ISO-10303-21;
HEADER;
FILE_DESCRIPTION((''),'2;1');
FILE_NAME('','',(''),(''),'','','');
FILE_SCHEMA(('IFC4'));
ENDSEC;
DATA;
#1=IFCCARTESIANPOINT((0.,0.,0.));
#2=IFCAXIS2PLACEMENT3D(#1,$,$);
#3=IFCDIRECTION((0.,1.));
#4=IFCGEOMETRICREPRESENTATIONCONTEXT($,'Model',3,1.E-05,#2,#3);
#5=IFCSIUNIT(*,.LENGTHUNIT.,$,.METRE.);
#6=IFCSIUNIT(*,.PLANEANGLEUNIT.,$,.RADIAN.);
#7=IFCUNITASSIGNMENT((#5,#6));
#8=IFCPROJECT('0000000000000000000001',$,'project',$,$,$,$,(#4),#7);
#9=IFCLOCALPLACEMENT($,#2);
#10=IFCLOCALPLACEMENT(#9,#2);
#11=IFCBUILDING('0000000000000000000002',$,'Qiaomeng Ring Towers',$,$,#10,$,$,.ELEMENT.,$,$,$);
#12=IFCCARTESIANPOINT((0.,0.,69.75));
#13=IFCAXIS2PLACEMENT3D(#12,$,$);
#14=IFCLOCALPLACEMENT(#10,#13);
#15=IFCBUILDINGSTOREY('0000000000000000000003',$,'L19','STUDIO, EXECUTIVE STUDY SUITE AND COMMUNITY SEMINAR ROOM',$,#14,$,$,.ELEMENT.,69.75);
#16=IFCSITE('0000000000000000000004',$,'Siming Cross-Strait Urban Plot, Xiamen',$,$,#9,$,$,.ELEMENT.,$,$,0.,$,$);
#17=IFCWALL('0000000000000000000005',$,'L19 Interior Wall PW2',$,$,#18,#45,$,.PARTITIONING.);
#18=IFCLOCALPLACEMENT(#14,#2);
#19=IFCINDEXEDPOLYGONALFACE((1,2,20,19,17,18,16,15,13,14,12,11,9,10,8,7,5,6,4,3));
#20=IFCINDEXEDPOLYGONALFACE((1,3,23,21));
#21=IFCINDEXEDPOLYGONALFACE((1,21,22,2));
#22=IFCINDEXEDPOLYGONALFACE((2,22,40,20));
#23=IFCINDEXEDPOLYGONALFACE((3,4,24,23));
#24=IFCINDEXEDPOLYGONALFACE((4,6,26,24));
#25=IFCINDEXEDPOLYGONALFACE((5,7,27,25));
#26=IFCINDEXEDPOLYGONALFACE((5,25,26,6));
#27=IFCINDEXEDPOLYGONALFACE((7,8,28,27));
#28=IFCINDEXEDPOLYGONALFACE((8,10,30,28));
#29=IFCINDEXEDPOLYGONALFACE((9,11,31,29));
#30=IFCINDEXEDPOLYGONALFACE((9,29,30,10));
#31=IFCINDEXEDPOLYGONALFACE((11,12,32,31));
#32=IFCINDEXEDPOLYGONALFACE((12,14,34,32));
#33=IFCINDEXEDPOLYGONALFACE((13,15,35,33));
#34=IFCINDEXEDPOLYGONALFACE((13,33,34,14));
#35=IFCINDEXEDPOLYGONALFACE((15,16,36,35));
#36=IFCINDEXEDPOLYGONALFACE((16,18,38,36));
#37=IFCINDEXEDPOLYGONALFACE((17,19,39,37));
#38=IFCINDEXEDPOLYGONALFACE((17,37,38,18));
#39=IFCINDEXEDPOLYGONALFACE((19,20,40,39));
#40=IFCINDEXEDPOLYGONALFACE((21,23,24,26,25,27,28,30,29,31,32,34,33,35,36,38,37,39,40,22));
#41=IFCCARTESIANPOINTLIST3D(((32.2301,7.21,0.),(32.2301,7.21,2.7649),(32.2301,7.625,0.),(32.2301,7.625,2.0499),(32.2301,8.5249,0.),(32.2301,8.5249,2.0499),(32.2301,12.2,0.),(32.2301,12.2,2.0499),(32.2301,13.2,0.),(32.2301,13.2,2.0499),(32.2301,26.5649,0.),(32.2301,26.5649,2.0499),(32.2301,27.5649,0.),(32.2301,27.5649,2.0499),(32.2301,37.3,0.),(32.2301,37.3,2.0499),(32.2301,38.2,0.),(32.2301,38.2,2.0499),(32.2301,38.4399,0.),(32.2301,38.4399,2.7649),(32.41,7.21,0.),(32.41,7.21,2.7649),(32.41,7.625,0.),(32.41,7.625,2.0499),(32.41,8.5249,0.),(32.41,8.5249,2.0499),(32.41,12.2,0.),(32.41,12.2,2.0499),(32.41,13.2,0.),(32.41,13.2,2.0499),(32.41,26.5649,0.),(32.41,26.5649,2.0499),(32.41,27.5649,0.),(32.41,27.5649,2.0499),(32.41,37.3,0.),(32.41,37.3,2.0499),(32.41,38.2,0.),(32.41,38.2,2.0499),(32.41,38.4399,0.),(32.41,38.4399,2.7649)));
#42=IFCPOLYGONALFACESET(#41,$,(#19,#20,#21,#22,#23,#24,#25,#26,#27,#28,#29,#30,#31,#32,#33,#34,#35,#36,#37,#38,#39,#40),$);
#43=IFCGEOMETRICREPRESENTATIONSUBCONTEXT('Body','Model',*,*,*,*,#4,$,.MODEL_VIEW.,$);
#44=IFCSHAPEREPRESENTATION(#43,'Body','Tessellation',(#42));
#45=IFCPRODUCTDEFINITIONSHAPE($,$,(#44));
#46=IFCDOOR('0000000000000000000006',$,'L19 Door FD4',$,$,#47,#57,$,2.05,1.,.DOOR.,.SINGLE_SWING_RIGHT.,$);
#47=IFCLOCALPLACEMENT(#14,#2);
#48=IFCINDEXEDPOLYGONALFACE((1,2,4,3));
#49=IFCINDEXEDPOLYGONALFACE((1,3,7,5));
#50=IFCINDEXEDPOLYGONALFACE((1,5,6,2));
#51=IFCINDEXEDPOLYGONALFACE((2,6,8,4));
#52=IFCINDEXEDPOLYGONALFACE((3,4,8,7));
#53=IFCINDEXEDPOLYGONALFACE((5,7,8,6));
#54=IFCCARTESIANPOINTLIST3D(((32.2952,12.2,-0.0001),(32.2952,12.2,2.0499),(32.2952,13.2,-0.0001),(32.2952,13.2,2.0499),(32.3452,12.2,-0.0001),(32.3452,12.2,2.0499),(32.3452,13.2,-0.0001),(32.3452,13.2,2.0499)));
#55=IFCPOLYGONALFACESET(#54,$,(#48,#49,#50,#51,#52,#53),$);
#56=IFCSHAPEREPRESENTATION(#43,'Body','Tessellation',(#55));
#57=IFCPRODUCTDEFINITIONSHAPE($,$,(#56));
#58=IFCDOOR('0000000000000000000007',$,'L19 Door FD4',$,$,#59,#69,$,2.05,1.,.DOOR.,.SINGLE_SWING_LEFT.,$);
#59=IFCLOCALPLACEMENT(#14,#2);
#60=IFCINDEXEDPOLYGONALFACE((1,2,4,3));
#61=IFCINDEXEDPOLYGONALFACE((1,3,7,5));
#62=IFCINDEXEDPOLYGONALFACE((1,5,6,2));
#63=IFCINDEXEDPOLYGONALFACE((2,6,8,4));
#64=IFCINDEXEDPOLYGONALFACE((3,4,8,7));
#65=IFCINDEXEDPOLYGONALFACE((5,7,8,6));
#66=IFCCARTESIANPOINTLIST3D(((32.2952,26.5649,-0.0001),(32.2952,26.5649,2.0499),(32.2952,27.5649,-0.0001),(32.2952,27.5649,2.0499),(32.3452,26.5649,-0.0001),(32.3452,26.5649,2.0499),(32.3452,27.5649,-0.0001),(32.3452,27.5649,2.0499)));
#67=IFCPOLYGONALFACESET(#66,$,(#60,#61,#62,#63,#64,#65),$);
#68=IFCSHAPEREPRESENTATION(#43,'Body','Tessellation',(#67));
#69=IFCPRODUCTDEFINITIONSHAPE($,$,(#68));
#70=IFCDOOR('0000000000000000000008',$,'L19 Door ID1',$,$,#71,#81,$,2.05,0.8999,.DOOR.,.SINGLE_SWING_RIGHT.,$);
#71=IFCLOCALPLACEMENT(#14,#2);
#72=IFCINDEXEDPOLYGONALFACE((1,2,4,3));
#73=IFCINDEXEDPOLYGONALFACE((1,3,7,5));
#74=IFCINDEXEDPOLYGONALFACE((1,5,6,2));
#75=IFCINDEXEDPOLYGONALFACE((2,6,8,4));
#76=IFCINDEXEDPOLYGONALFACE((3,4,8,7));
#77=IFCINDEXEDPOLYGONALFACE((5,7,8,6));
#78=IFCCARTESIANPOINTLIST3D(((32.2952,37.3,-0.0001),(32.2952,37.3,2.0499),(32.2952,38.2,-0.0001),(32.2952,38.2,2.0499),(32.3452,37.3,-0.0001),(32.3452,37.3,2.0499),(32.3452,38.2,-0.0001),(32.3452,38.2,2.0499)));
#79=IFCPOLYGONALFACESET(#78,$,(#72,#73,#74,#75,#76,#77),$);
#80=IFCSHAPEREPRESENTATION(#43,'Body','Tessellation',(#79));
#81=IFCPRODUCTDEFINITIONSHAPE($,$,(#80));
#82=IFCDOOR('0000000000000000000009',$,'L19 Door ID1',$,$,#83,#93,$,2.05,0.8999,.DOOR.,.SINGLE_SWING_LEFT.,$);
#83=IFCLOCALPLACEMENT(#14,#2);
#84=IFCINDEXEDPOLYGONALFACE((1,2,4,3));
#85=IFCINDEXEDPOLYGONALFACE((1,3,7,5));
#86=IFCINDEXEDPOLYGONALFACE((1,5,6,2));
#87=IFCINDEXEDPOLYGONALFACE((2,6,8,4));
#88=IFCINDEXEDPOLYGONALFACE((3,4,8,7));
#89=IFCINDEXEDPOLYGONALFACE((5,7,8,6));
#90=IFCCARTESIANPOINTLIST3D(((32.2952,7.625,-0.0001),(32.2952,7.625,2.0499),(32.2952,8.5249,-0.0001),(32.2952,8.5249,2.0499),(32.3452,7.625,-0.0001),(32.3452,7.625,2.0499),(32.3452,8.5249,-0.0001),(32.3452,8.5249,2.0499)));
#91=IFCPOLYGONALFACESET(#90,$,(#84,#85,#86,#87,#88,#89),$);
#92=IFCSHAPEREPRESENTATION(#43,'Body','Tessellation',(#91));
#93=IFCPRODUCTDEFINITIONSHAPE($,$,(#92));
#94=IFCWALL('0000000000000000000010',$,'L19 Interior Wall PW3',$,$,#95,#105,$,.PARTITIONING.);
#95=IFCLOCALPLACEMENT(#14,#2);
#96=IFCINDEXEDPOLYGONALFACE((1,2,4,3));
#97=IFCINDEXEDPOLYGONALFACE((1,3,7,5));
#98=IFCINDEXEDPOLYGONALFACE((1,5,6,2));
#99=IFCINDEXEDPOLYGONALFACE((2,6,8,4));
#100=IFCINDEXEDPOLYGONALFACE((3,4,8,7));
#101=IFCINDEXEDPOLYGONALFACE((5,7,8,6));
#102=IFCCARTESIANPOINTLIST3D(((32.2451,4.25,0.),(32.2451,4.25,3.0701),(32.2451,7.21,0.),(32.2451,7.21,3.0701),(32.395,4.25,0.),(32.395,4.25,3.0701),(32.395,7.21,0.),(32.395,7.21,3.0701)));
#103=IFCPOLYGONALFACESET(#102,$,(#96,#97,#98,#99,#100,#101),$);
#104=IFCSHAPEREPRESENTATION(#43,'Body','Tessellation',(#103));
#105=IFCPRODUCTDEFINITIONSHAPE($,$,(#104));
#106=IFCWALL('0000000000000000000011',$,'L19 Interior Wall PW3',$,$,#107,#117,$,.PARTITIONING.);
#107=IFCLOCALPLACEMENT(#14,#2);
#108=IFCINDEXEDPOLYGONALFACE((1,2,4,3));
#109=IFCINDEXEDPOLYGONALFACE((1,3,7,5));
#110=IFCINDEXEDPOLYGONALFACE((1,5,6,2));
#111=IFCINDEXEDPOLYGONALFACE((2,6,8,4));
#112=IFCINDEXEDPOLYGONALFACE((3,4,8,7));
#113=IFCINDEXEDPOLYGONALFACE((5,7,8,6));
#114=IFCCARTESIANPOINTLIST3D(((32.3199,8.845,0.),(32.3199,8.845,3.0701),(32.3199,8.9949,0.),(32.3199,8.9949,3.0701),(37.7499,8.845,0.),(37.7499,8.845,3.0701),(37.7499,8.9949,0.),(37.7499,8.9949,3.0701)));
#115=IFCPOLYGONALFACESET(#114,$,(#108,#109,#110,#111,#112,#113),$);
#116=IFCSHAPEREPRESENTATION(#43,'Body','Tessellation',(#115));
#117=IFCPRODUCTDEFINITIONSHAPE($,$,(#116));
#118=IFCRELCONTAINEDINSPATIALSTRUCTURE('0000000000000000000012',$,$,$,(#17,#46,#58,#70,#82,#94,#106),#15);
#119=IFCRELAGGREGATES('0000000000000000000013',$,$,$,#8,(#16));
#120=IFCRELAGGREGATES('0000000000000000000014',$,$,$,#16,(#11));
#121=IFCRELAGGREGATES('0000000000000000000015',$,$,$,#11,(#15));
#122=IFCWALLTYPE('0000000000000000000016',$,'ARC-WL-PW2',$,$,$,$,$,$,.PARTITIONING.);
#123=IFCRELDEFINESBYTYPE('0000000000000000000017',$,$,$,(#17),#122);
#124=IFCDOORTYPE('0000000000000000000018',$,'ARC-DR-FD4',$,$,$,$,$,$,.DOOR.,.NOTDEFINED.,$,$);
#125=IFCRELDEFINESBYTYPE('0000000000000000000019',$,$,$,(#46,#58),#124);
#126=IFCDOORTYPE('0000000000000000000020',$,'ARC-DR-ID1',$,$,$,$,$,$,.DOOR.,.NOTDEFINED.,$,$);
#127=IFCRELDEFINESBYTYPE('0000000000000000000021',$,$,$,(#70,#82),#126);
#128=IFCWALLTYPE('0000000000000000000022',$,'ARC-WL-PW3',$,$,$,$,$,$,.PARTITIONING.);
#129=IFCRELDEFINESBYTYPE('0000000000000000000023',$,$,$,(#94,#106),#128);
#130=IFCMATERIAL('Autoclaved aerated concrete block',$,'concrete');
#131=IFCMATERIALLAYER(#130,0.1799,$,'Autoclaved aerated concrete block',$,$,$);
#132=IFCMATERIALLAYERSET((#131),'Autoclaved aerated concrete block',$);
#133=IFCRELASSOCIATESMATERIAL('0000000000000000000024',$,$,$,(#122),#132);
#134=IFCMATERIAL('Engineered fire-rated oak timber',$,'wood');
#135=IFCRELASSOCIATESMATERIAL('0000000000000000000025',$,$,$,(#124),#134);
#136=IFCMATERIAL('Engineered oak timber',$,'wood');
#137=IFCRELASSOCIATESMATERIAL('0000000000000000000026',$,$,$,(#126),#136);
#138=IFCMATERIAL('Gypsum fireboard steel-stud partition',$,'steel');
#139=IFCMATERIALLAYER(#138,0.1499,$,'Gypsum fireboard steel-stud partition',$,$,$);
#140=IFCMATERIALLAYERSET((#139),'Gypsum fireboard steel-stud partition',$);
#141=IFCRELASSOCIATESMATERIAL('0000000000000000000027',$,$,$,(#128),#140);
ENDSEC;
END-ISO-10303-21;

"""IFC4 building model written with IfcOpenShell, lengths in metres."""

from ifc_helpers import new_model, si_unit, direction, frame, frame_2d, origin, place, context, subcontext, project, spatial, rectangle, extrude, source, transform, mapped, material, layer, layer_set, type_object, element, fill, save


model = new_model("IFC4")

# Units and contexts
model_context = context("Model", 3, precision=1e-05, world=origin(), true_north=direction((0.0, 1.0)))
body_context = subcontext(model_context, "Body", "Model", "MODEL_VIEW")
ifc_project = project(units=[si_unit("LENGTHUNIT", "METRE"), si_unit("PLANEANGLEUNIT", "RADIAN")], contexts=[model_context])

# Site, building, storey
site_placement = place(None, origin())
site = spatial("IfcSite", under=ifc_project, at=site_placement, Name="Siming Cross-Strait Urban Plot, Xiamen", CompositionType="ELEMENT", RefElevation=0.0)
building_placement = place(site_placement, origin())
building = spatial("IfcBuilding", under=site, at=building_placement, Name="Qiaomeng Ring Towers", CompositionType="ELEMENT")
storey_placement = place(building_placement, frame((0.0, 0.0, 69.75)))
storey = spatial("IfcBuildingStorey", under=building, at=storey_placement, Name="L19", Description="STUDIO, EXECUTIVE STUDY SUITE AND COMMUNITY SEMINAR ROOM", CompositionType="ELEMENT", Elevation=69.75)

# Wall, openings, doors
ifc_material_1 = material(Name="Autoclaved aerated concrete block", Category="concrete")
ifc_layer_1 = layer(ifc_material_1, 0.1799, Name="Autoclaved aerated concrete block")
ifc_layer_set_1 = layer_set([ifc_layer_1], Name="Autoclaved aerated concrete block")
wall_type_1 = type_object("IfcWallType", Name="ARC-WL-PW2", PredefinedType="PARTITIONING", material=ifc_layer_set_1)
wall_1_placement = place(storey_placement, frame((32.3201, 7.21, 0.0), z_axis=(0.0, 0.0, 1.0), x_axis=(0.0, 1.0, 0.0)))
wall_1 = element("IfcWall", 1, at=wall_1_placement, inside=storey, type_object=wall_type_1, Name="L19 Interior Wall PW2", PredefinedType="PARTITIONING", context=body_context, shape_type="SweptSolid", body=[
    extrude(rectangle(XDim=31.23, YDim=0.1799, at=frame_2d((15.615, 0.0))), origin(), (0.0, 0.0, 1.0), 2.7649),
])
opening_1_placement = place(wall_1_placement, frame((30.0901, 0.0, 0.0)))
opening_1 = element("IfcOpeningElement", 2, at=opening_1_placement, cuts=wall_1, PredefinedType="OPENING", context=body_context, shape_type="SweptSolid", body=[
    extrude(rectangle(XDim=0.8999, YDim=2.05, at=frame_2d((0.45, 1.0249))), frame((0.0, 0.0999, 0.0), z_axis=(0.0, -1.0, 0.0), x_axis=(1.0, 0.0, 0.0)), (0.0, 0.0, 1.0), 0.2),
])
opening_2_placement = place(wall_1_placement, frame((0.415, 0.0, 0.0)))
opening_2 = element("IfcOpeningElement", 3, at=opening_2_placement, cuts=wall_1, PredefinedType="OPENING", context=body_context, shape_type="SweptSolid", body=[
    extrude(rectangle(XDim=0.8999, YDim=2.05, at=frame_2d((0.45, 1.0249))), frame((0.0, 0.0999, 0.0), z_axis=(0.0, -1.0, 0.0), x_axis=(1.0, 0.0, 0.0)), (0.0, 0.0, 1.0), 0.2),
])
opening_3_placement = place(wall_1_placement, frame((4.99, 0.0, 0.0)))
opening_3 = element("IfcOpeningElement", 4, at=opening_3_placement, cuts=wall_1, PredefinedType="OPENING", context=body_context, shape_type="SweptSolid", body=[
    extrude(rectangle(XDim=1.0, YDim=2.05, at=frame_2d((0.5, 1.0249))), frame((0.0, 0.0999, 0.0), z_axis=(0.0, -1.0, 0.0), x_axis=(1.0, 0.0, 0.0)), (0.0, 0.0, 1.0), 0.2),
])
opening_4_placement = place(wall_1_placement, frame((19.355, 0.0, 0.0)))
opening_4 = element("IfcOpeningElement", 5, at=opening_4_placement, cuts=wall_1, PredefinedType="OPENING", context=body_context, shape_type="SweptSolid", body=[
    extrude(rectangle(XDim=1.0, YDim=2.05, at=frame_2d((0.5, 1.0249))), frame((0.0, 0.0999, 0.0), z_axis=(0.0, -1.0, 0.0), x_axis=(1.0, 0.0, 0.0)), (0.0, 0.0, 1.0), 0.2),
])
ifc_material_2 = material(Name="Engineered fire-rated oak timber", Category="wood")
door_type_1 = type_object("IfcDoorType", Name="ARC-DR-FD4", OperationType="NOTDEFINED", PredefinedType="DOOR", material=ifc_material_2)
shared_shape_1 = source(origin(), body_context, "Body", "SweptSolid", [
    extrude(rectangle(XDim=1.0, YDim=2.05, at=frame_2d((0.5, 1.0249))), frame((0.0, 0.0249, 0.0), z_axis=(0.0, -1.0, 0.0), x_axis=(1.0, 0.0, 0.0)), (0.0, 0.0, 1.0), 0.05),
])
door_1_placement = place(opening_3_placement, origin())
door_1 = element("IfcDoor", 6, at=door_1_placement, inside=storey, type_object=door_type_1, Name="L19 Door FD4", OperationType="SINGLE_SWING_RIGHT", OverallHeight=2.05, OverallWidth=1.0, PredefinedType="DOOR", context=body_context, shape_type="MappedRepresentation", body=[
    mapped(shared_shape_1, transform((0.0, 0.0, 0.0), x_axis=(1.0, 0.0, 0.0), y_axis=(0.0, 1.0, 0.0), z_axis=(0.0, 0.0, 1.0), scale=1.0)),
])
fill(opening_3, door_1)
door_2_placement = place(opening_4_placement, origin())
door_2 = element("IfcDoor", 7, at=door_2_placement, inside=storey, type_object=door_type_1, Name="L19 Door FD4", OperationType="SINGLE_SWING_LEFT", OverallHeight=2.05, OverallWidth=1.0, PredefinedType="DOOR", context=body_context, shape_type="MappedRepresentation", body=[
    mapped(shared_shape_1, transform((0.0, 0.0, 0.0), x_axis=(1.0, 0.0, 0.0), y_axis=(0.0, 1.0, 0.0), z_axis=(0.0, 0.0, 1.0), scale=1.0)),
])
fill(opening_4, door_2)
ifc_material_3 = material(Name="Engineered oak timber", Category="wood")
door_type_2 = type_object("IfcDoorType", Name="ARC-DR-ID1", OperationType="NOTDEFINED", PredefinedType="DOOR", material=ifc_material_3)
shared_shape_2 = source(origin(), body_context, "Body", "SweptSolid", [
    extrude(rectangle(XDim=0.8999, YDim=2.05, at=frame_2d((0.45, 1.0249))), frame((0.0, 0.0249, 0.0), z_axis=(0.0, -1.0, 0.0), x_axis=(1.0, 0.0, 0.0)), (0.0, 0.0, 1.0), 0.05),
])
door_3_placement = place(opening_1_placement, origin())
door_3 = element("IfcDoor", 8, at=door_3_placement, inside=storey, type_object=door_type_2, Name="L19 Door ID1", OperationType="SINGLE_SWING_RIGHT", OverallHeight=2.05, OverallWidth=0.8999, PredefinedType="DOOR", context=body_context, shape_type="MappedRepresentation", body=[
    mapped(shared_shape_2, transform((0.0, 0.0, 0.0), x_axis=(1.0, 0.0, 0.0), y_axis=(0.0, 1.0, 0.0), z_axis=(0.0, 0.0, 1.0), scale=1.0)),
])
fill(opening_1, door_3)
door_4_placement = place(opening_2_placement, origin())
door_4 = element("IfcDoor", 9, at=door_4_placement, inside=storey, type_object=door_type_2, Name="L19 Door ID1", OperationType="SINGLE_SWING_LEFT", OverallHeight=2.05, OverallWidth=0.8999, PredefinedType="DOOR", context=body_context, shape_type="MappedRepresentation", body=[
    mapped(shared_shape_2, transform((0.0, 0.0, 0.0), x_axis=(1.0, 0.0, 0.0), y_axis=(0.0, 1.0, 0.0), z_axis=(0.0, 0.0, 1.0), scale=1.0)),
])
fill(opening_2, door_4)

# Walls
ifc_material_4 = material(Name="Gypsum fireboard steel-stud partition", Category="steel")
ifc_layer_2 = layer(ifc_material_4, 0.1499, Name="Gypsum fireboard steel-stud partition")
ifc_layer_set_2 = layer_set([ifc_layer_2], Name="Gypsum fireboard steel-stud partition")
wall_type_2 = type_object("IfcWallType", Name="ARC-WL-PW3", PredefinedType="PARTITIONING", material=ifc_layer_set_2)
wall_2_placement = place(storey_placement, frame((32.3201, 4.25, 0.0), z_axis=(0.0, 0.0, 1.0), x_axis=(0.0, 1.0, 0.0)))
element("IfcWall", 10, at=wall_2_placement, inside=storey, type_object=wall_type_2, Name="L19 Interior Wall PW3", PredefinedType="PARTITIONING", context=body_context, shape_type="SweptSolid", body=[
    extrude(rectangle(XDim=2.96, YDim=0.1499, at=frame_2d((1.48, 0.0))), origin(), (0.0, 0.0, 1.0), 3.0701),
])
wall_3_placement = place(storey_placement, frame((32.3201, 8.9199, 0.0), z_axis=(0.0, 0.0, 1.0), x_axis=(1.0, 0.0, 0.0)))
element("IfcWall", 11, at=wall_3_placement, inside=storey, type_object=wall_type_2, Name="L19 Interior Wall PW3", PredefinedType="PARTITIONING", context=body_context, shape_type="SweptSolid", body=[
    extrude(rectangle(XDim=5.4299, YDim=0.1499, at=frame_2d((2.7148, 0.0))), origin(), (0.0, 0.0, 1.0), 3.0701),
])

save(model, "model.ifc")
